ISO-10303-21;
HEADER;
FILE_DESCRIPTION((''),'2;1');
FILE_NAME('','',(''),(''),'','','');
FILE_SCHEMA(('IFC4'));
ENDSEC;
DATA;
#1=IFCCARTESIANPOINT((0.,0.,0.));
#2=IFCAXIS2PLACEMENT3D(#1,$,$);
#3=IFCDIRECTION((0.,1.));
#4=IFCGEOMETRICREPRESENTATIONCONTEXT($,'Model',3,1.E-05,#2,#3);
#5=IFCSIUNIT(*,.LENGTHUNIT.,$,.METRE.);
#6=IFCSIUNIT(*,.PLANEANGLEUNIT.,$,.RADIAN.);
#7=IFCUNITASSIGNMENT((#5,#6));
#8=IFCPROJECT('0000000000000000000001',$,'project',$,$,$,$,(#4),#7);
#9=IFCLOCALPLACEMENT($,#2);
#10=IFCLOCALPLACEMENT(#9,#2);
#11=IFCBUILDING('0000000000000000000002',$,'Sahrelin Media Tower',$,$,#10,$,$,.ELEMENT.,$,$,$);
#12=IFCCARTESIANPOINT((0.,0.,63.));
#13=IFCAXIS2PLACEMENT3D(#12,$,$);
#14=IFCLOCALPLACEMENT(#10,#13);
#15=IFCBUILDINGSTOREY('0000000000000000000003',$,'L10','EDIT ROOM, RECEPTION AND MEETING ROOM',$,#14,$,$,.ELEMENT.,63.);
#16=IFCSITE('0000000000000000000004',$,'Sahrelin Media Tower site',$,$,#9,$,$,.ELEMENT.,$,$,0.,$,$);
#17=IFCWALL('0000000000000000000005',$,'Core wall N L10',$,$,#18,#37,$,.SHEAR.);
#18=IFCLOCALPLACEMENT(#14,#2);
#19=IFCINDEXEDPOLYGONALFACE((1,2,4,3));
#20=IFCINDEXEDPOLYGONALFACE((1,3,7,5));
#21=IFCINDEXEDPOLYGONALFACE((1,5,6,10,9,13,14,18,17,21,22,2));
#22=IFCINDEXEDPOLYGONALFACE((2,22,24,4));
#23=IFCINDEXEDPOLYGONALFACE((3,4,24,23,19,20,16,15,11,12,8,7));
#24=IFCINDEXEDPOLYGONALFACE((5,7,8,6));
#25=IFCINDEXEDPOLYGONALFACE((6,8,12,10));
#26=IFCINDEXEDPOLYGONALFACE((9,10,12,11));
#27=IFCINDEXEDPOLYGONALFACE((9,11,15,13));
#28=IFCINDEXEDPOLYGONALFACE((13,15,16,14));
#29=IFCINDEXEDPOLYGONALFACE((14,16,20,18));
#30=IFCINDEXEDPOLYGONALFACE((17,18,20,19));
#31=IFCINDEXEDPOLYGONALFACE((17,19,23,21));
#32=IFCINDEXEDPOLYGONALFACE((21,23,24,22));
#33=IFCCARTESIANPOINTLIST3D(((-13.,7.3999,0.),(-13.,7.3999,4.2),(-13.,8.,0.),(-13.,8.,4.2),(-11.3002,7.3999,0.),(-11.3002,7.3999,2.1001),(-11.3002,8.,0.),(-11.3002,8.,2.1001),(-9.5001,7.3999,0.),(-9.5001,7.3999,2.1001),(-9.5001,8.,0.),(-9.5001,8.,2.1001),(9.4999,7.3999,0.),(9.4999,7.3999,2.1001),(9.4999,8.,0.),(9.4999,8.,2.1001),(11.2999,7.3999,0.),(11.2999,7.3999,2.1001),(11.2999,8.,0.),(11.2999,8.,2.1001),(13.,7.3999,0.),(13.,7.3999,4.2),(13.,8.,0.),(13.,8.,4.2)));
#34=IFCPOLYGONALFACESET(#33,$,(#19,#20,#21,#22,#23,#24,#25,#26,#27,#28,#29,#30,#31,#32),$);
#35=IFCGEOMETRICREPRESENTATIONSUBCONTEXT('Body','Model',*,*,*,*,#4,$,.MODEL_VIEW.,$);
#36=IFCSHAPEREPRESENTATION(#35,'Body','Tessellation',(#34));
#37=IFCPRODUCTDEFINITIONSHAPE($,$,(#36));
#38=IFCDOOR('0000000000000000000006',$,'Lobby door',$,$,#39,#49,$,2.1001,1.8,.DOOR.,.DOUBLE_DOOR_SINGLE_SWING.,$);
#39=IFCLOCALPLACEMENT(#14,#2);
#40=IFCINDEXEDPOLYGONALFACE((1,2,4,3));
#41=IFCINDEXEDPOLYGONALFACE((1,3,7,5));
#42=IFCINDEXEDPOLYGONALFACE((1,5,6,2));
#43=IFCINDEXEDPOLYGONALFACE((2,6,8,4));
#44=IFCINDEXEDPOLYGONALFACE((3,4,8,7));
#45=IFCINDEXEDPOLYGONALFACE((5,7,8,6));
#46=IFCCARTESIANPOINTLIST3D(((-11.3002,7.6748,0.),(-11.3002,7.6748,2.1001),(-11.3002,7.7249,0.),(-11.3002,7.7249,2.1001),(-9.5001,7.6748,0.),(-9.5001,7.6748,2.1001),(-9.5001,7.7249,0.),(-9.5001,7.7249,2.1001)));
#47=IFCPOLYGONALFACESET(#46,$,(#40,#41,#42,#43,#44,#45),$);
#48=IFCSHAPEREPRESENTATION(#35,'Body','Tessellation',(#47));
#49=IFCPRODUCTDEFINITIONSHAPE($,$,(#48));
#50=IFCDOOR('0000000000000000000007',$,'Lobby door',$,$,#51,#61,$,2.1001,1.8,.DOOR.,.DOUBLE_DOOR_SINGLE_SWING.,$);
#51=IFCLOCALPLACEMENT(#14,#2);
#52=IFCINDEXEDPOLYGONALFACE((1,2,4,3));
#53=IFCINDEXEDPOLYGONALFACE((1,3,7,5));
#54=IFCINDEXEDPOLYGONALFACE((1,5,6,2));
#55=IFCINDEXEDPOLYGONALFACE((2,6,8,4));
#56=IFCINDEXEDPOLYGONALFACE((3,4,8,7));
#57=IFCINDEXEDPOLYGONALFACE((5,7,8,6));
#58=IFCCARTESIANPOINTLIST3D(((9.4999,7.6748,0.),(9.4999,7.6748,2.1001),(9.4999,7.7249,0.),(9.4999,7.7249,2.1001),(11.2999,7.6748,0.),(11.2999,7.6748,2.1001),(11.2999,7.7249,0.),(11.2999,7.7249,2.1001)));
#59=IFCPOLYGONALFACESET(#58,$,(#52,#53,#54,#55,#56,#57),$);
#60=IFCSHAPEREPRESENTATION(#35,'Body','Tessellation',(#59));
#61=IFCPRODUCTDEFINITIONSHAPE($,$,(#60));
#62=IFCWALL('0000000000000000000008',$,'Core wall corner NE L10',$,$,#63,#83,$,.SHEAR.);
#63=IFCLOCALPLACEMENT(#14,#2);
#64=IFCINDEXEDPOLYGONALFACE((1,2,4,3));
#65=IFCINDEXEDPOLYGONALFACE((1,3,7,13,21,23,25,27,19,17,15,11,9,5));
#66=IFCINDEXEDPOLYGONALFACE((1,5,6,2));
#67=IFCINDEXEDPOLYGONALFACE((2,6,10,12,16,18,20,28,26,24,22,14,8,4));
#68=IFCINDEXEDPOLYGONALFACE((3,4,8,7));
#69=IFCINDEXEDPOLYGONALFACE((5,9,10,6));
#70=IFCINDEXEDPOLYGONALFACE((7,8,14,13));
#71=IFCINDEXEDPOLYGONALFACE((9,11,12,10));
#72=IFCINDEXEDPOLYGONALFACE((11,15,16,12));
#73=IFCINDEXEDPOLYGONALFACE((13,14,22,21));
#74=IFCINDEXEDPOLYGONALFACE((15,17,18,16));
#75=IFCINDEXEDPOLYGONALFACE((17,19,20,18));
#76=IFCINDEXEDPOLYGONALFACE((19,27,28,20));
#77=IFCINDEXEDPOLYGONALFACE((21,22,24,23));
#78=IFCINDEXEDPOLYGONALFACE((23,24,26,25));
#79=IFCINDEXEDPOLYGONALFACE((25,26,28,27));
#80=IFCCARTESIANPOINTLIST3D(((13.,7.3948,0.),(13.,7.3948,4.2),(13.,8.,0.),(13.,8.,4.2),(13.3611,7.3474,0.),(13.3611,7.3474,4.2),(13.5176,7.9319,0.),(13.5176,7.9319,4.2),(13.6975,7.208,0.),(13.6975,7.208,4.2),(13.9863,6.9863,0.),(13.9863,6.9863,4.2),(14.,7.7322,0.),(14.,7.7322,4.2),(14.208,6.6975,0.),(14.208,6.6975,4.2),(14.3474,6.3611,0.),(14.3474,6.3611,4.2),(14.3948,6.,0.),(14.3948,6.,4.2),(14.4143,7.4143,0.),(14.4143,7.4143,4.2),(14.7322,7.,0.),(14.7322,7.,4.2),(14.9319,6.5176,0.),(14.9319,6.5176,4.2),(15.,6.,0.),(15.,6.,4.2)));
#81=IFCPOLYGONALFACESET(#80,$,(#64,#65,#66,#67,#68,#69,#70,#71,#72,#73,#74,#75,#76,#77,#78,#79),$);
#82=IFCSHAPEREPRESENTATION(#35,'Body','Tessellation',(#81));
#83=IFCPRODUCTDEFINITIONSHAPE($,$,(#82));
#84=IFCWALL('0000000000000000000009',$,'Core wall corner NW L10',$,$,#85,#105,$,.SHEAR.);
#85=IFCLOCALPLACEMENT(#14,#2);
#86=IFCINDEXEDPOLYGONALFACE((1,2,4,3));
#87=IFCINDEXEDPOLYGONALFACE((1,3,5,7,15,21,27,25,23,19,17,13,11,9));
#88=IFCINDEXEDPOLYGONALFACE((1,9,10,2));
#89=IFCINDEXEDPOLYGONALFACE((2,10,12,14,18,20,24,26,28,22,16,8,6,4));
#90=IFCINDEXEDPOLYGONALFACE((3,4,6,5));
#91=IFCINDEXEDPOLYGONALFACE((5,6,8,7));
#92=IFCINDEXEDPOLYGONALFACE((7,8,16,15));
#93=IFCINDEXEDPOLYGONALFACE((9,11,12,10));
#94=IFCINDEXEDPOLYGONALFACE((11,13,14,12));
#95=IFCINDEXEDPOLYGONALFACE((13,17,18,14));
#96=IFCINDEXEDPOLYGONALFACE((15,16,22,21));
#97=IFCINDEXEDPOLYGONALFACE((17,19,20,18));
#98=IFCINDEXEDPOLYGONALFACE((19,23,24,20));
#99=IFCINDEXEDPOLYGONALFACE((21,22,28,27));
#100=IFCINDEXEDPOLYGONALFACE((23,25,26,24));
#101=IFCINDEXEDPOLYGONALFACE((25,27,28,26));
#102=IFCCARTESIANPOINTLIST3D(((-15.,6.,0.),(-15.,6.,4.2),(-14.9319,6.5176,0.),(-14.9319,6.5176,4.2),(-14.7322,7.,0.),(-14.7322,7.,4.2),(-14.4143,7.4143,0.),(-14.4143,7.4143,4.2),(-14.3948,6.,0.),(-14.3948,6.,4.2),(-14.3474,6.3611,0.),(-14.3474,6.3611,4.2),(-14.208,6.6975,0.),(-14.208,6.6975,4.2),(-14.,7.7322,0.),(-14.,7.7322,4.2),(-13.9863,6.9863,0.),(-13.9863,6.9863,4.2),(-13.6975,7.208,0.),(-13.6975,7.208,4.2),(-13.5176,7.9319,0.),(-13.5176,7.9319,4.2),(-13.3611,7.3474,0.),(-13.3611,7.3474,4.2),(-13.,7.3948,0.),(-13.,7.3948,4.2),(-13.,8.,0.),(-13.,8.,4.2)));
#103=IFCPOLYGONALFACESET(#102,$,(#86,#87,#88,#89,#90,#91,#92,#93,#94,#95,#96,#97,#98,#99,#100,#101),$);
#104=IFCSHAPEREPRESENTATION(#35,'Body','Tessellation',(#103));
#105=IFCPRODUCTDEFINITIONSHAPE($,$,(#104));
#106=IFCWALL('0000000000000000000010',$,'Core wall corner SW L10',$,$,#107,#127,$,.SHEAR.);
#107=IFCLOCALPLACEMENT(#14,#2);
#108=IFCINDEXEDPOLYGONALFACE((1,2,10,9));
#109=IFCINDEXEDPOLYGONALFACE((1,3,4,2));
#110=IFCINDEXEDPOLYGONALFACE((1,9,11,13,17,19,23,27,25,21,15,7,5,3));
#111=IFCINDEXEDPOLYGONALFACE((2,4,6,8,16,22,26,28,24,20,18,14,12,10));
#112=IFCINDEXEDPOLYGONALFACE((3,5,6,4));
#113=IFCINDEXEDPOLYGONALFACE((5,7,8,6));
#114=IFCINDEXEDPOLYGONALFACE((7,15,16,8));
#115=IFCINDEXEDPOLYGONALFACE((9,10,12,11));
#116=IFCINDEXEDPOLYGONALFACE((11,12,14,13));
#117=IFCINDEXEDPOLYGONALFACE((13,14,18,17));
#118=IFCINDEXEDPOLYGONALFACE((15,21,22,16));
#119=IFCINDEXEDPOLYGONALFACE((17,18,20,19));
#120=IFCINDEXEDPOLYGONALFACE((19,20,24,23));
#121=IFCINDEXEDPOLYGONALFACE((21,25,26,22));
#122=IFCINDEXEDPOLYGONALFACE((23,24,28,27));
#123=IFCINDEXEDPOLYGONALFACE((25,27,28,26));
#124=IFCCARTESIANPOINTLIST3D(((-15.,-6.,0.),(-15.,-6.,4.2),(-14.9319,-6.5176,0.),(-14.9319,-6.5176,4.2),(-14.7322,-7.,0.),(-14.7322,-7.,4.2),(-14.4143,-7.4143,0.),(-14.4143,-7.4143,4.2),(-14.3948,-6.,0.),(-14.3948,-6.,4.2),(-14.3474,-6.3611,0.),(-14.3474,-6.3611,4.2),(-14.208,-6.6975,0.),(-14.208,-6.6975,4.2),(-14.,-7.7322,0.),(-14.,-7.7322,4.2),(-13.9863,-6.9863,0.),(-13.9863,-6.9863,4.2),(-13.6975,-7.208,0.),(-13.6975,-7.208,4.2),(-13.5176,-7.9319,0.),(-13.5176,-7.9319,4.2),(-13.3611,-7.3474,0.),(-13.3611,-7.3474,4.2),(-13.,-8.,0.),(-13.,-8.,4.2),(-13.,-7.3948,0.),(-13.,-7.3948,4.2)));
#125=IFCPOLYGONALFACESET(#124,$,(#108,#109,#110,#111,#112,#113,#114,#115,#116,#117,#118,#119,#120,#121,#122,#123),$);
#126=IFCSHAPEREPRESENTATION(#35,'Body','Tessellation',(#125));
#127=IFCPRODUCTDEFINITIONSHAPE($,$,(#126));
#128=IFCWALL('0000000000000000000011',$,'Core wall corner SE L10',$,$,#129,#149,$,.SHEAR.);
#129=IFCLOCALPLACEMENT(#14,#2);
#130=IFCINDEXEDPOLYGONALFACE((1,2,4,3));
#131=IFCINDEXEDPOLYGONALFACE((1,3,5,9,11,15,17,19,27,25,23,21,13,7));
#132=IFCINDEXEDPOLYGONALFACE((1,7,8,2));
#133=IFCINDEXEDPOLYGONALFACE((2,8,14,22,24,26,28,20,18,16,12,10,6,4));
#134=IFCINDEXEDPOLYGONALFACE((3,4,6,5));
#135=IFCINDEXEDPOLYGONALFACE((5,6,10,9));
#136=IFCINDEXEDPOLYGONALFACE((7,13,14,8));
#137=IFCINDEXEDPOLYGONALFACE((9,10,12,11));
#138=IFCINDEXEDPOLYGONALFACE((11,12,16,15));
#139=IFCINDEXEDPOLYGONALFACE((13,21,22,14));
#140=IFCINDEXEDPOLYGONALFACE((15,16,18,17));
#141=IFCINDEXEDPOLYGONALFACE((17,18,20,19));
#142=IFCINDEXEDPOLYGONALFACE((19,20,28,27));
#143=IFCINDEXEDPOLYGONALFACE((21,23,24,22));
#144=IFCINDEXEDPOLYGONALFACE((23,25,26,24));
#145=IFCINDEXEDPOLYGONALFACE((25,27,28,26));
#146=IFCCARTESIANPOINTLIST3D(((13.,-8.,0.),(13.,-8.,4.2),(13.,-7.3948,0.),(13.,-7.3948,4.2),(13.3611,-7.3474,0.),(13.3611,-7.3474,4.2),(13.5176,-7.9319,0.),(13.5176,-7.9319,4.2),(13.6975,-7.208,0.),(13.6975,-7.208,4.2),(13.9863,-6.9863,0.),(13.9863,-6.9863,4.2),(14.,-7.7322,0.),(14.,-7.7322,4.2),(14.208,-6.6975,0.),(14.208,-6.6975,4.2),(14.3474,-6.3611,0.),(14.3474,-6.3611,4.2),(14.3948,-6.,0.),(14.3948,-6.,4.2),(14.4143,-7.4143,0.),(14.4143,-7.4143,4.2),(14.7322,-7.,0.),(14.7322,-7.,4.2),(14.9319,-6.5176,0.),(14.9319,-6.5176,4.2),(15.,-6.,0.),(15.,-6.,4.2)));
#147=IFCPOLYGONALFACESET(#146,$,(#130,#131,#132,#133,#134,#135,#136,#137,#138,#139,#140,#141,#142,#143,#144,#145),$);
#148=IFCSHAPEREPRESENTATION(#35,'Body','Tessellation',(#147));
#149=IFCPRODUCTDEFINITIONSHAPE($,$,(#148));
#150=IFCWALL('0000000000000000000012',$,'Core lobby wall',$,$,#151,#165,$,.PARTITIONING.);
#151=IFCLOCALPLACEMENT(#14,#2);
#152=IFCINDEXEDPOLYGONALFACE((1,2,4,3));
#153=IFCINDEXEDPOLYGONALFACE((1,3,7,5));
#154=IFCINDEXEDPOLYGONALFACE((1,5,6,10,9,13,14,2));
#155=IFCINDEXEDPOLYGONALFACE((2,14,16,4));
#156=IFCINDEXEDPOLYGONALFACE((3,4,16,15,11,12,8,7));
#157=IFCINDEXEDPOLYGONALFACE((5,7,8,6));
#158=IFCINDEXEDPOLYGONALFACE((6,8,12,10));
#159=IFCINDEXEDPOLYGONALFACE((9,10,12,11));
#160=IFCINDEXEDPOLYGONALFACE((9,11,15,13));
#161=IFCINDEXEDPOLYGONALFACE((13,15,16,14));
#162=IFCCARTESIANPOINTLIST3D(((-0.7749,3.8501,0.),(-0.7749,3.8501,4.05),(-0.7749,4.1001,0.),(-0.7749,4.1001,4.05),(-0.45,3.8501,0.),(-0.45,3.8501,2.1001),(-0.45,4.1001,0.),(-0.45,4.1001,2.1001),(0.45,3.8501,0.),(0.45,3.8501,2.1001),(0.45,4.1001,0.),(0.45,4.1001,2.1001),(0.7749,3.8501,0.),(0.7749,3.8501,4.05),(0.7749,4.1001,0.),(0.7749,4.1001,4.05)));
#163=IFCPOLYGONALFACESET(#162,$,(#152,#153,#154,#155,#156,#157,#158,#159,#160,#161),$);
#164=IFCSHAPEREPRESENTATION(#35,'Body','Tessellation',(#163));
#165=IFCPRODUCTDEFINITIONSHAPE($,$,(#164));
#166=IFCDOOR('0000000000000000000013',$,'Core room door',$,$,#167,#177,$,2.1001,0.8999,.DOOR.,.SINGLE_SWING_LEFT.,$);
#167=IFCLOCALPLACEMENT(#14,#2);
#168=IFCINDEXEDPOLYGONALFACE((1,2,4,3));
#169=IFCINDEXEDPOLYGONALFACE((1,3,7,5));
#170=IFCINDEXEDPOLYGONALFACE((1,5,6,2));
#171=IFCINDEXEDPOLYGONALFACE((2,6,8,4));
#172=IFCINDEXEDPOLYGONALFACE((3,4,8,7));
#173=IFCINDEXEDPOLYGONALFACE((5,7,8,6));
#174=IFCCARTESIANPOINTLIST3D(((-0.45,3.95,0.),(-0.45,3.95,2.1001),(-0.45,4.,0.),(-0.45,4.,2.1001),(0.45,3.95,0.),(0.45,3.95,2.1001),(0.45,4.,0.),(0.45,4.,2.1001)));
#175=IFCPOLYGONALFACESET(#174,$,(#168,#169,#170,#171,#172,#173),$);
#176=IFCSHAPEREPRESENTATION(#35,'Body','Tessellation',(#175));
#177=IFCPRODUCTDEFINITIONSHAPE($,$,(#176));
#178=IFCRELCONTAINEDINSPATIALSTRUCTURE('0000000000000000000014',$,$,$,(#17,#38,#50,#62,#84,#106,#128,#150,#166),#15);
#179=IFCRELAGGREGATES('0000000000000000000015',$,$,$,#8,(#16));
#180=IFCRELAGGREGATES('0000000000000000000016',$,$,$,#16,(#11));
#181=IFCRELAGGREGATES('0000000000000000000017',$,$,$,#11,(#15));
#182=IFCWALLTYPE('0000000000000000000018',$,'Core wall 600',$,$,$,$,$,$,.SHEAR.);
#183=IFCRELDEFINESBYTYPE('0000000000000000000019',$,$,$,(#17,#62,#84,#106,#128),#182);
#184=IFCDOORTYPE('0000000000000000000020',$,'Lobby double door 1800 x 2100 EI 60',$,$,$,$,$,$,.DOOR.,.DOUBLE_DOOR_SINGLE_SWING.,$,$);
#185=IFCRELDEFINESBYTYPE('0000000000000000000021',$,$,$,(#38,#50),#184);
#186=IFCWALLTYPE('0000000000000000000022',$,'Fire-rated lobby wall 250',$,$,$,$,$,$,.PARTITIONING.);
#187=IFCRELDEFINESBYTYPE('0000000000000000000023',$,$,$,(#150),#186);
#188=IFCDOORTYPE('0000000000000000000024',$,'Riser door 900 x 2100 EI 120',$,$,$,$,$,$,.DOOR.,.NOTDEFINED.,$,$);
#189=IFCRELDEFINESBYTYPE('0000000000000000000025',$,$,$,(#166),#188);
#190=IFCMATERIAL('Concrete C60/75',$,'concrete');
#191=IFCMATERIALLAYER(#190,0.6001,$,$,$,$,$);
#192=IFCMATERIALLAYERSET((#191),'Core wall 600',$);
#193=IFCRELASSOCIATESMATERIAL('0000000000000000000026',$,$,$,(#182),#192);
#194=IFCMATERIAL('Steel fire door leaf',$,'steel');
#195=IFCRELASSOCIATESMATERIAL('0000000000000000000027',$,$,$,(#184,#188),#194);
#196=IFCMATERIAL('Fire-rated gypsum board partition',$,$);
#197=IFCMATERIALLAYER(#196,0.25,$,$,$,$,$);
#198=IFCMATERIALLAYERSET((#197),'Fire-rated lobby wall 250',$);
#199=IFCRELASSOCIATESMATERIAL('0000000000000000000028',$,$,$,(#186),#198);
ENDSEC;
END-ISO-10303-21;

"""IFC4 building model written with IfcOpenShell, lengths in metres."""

from ifc_helpers import new_model, si_unit, direction, frame, frame_2d, origin, place, context, subcontext, project, spatial, polyline, rectangle, outline, extrude, material, layer, layer_set, type_object, element, fill, save


model = new_model("IFC4")

# Units and contexts
model_context = context("Model", 3, precision=1e-05, world=origin(), true_north=direction((0.0, 1.0)))
body_context = subcontext(model_context, "Body", "Model", "MODEL_VIEW")
ifc_project = project(units=[si_unit("LENGTHUNIT", "METRE"), si_unit("PLANEANGLEUNIT", "RADIAN")], contexts=[model_context])

# Site, building, storey
site_placement = place(None, origin())
site = spatial("IfcSite", under=ifc_project, at=site_placement, Name="Sahrelin Media Tower site", CompositionType="ELEMENT", RefElevation=0.0)
building_placement = place(site_placement, origin())
building = spatial("IfcBuilding", under=site, at=building_placement, Name="Sahrelin Media Tower", CompositionType="ELEMENT")
storey_placement = place(building_placement, frame((0.0, 0.0, 63.0)))
storey = spatial("IfcBuildingStorey", under=building, at=storey_placement, Name="L10", Description="EDIT ROOM, RECEPTION AND MEETING ROOM", CompositionType="ELEMENT", Elevation=63.0)

# Wall, openings, doors
ifc_material_1 = material(Name="Concrete C60/75", Category="concrete")
ifc_layer_1 = layer(ifc_material_1, 0.6001)
ifc_layer_set_1 = layer_set([ifc_layer_1], Name="Core wall 600")
wall_type_1 = type_object("IfcWallType", Name="Core wall 600", PredefinedType="SHEAR", material=ifc_layer_set_1)
wall_1_placement = place(storey_placement, frame((-13.0, 7.7, 0.0), z_axis=(0.0, 0.0, 1.0), x_axis=(1.0, 0.0, 0.0)))
wall_1 = element("IfcWall", 1, at=wall_1_placement, inside=storey, type_object=wall_type_1, Name="Core wall N L10", PredefinedType="SHEAR", context=body_context, shape_type="SweptSolid", body=[
    extrude(rectangle(XDim=26.0, YDim=0.6001, at=frame_2d((13.0, 0.0))), origin(), (0.0, 0.0, 1.0), 4.2),
])
opening_1_placement = place(wall_1_placement, frame((1.7, 0.0, 0.0)))
opening_1 = element("IfcOpeningElement", 2, at=opening_1_placement, cuts=wall_1, PredefinedType="OPENING", context=body_context, shape_type="SweptSolid", body=[
    extrude(rectangle(XDim=1.8, YDim=2.1001, at=frame_2d((0.8999, 1.05))), frame((0.0, 0.3, 0.0), z_axis=(0.0, -1.0, 0.0), x_axis=(1.0, 0.0, 0.0)), (0.0, 0.0, 1.0), 0.6001),
])
opening_2_placement = place(wall_1_placement, frame((22.5, 0.0, 0.0)))
opening_2 = element("IfcOpeningElement", 3, at=opening_2_placement, cuts=wall_1, PredefinedType="OPENING", context=body_context, shape_type="SweptSolid", body=[
    extrude(rectangle(XDim=1.8, YDim=2.1001, at=frame_2d((0.8999, 1.05))), frame((0.0, 0.3, 0.0), z_axis=(0.0, -1.0, 0.0), x_axis=(1.0, 0.0, 0.0)), (0.0, 0.0, 1.0), 0.6001),
])
ifc_material_2 = material(Name="Steel fire door leaf", Category="steel")
door_type_1 = type_object("IfcDoorType", Name="Lobby double door 1800 x 2100 EI 60", OperationType="DOUBLE_DOOR_SINGLE_SWING", PredefinedType="DOOR", material=ifc_material_2)
door_1_placement = place(opening_1_placement, origin())
door_1 = element("IfcDoor", 4, at=door_1_placement, inside=storey, type_object=door_type_1, Name="Lobby door", OperationType="DOUBLE_DOOR_SINGLE_SWING", OverallHeight=2.1001, OverallWidth=1.8, PredefinedType="DOOR", context=body_context, shape_type="SweptSolid", body=[
    extrude(rectangle(XDim=1.8, YDim=2.1001, at=frame_2d((0.8999, 1.05))), frame((0.0, 0.0249, 0.0), z_axis=(0.0, -1.0, 0.0), x_axis=(1.0, 0.0, 0.0)), (0.0, 0.0, 1.0), 0.05),
])
fill(opening_1, door_1)
door_2_placement = place(opening_2_placement, origin())
door_2 = element("IfcDoor", 5, at=door_2_placement, inside=storey, type_object=door_type_1, Name="Lobby door", OperationType="DOUBLE_DOOR_SINGLE_SWING", OverallHeight=2.1001, OverallWidth=1.8, PredefinedType="DOOR", context=body_context, shape_type="SweptSolid", body=[
    extrude(rectangle(XDim=1.8, YDim=2.1001, at=frame_2d((0.8999, 1.05))), frame((0.0, 0.0249, 0.0), z_axis=(0.0, -1.0, 0.0), x_axis=(1.0, 0.0, 0.0)), (0.0, 0.0, 1.0), 0.05),
])
fill(opening_2, door_2)

# Walls
placement = place(storey_placement, origin())
element("IfcWall", 6, at=placement, inside=storey, type_object=wall_type_1, Name="Core wall corner NE L10", PredefinedType="SHEAR", context=body_context, shape_type="SweptSolid", body=[
    extrude(outline(polyline([(13.0, 8.0), (13.0, 7.3948), (13.3611, 7.3474), (13.6975, 7.208), (13.9863, 6.9863), (14.208, 6.6975), (14.3474, 6.3611), (14.3948, 6.0), (15.0, 6.0), (14.9319, 6.5176), (14.7322, 7.0), (14.4143, 7.4143), (14.0, 7.7322), (13.5176, 7.9319), (13.0, 8.0)])), origin(), (0.0, 0.0, 1.0), 4.2),
])
element("IfcWall", 7, at=placement, inside=storey, type_object=wall_type_1, Name="Core wall corner NW L10", PredefinedType="SHEAR", context=body_context, shape_type="SweptSolid", body=[
    extrude(outline(polyline([(-15.0, 6.0), (-14.3948, 6.0), (-14.3474, 6.3611), (-14.208, 6.6975), (-13.9863, 6.9863), (-13.6975, 7.208), (-13.3611, 7.3474), (-13.0, 7.3948), (-13.0, 8.0), (-13.5176, 7.9319), (-14.0, 7.7322), (-14.4143, 7.4143), (-14.7322, 7.0), (-14.9319, 6.5176), (-15.0, 6.0)])), origin(), (0.0, 0.0, 1.0), 4.2),
])
element("IfcWall", 8, at=placement, inside=storey, type_object=wall_type_1, Name="Core wall corner SW L10", PredefinedType="SHEAR", context=body_context, shape_type="SweptSolid", body=[
    extrude(outline(polyline([(-13.0, -8.0), (-13.0, -7.3948), (-13.3611, -7.3474), (-13.6975, -7.208), (-13.9863, -6.9863), (-14.208, -6.6975), (-14.3474, -6.3611), (-14.3948, -6.0), (-15.0, -6.0), (-14.9319, -6.5176), (-14.7322, -7.0), (-14.4143, -7.4143), (-14.0, -7.7322), (-13.5176, -7.9319), (-13.0, -8.0)])), origin(), (0.0, 0.0, 1.0), 4.2),
])
element("IfcWall", 9, at=placement, inside=storey, type_object=wall_type_1, Name="Core wall corner SE L10", PredefinedType="SHEAR", context=body_context, shape_type="SweptSolid", body=[
    extrude(outline(polyline([(15.0, -6.0), (14.3948, -6.0), (14.3474, -6.3611), (14.208, -6.6975), (13.9863, -6.9863), (13.6975, -7.208), (13.3611, -7.3474), (13.0, -7.3948), (13.0, -8.0), (13.5176, -7.9319), (14.0, -7.7322), (14.4143, -7.4143), (14.7322, -7.0), (14.9319, -6.5176), (15.0, -6.0)])), origin(), (0.0, 0.0, 1.0), 4.2),
])

# Wall, opening, door
ifc_material_3 = material(Name="Fire-rated gypsum board partition")
ifc_layer_2 = layer(ifc_material_3, 0.25)
ifc_layer_set_2 = layer_set([ifc_layer_2], Name="Fire-rated lobby wall 250")
wall_type_2 = type_object("IfcWallType", Name="Fire-rated lobby wall 250", PredefinedType="PARTITIONING", material=ifc_layer_set_2)
wall_2_placement = place(storey_placement, frame((-0.7749, 3.9751, 0.0), z_axis=(0.0, 0.0, 1.0), x_axis=(1.0, 0.0, 0.0)))
wall_2 = element("IfcWall", 10, at=wall_2_placement, inside=storey, type_object=wall_type_2, Name="Core lobby wall", PredefinedType="PARTITIONING", context=body_context, shape_type="SweptSolid", body=[
    extrude(rectangle(XDim=1.5498, YDim=0.25, at=frame_2d((0.7749, 0.0))), origin(), (0.0, 0.0, 1.0), 4.05),
])
opening_3_placement = place(wall_2_placement, frame((0.325, 0.0, 0.0)))
opening_3 = element("IfcOpeningElement", 11, at=opening_3_placement, cuts=wall_2, PredefinedType="OPENING", context=body_context, shape_type="SweptSolid", body=[
    extrude(rectangle(XDim=0.8999, YDim=2.1001, at=frame_2d((0.45, 1.05))), frame((0.0, 0.125, 0.0), z_axis=(0.0, -1.0, 0.0), x_axis=(1.0, 0.0, 0.0)), (0.0, 0.0, 1.0), 0.25),
])
door_type_2 = type_object("IfcDoorType", Name="Riser door 900 x 2100 EI 120", OperationType="NOTDEFINED", PredefinedType="DOOR", material=ifc_material_2)
door_3_placement = place(opening_3_placement, origin())
door_3 = element("IfcDoor", 12, at=door_3_placement, inside=storey, type_object=door_type_2, Name="Core room door", OperationType="SINGLE_SWING_LEFT", OverallHeight=2.1001, OverallWidth=0.8999, PredefinedType="DOOR", context=body_context, shape_type="SweptSolid", body=[
    extrude(rectangle(XDim=0.8999, YDim=2.1001, at=frame_2d((0.45, 1.05))), frame((0.0, 0.0249, 0.0), z_axis=(0.0, -1.0, 0.0), x_axis=(1.0, 0.0, 0.0)), (0.0, 0.0, 1.0), 0.05),
])
fill(opening_3, door_3)

save(model, "model.ifc")
